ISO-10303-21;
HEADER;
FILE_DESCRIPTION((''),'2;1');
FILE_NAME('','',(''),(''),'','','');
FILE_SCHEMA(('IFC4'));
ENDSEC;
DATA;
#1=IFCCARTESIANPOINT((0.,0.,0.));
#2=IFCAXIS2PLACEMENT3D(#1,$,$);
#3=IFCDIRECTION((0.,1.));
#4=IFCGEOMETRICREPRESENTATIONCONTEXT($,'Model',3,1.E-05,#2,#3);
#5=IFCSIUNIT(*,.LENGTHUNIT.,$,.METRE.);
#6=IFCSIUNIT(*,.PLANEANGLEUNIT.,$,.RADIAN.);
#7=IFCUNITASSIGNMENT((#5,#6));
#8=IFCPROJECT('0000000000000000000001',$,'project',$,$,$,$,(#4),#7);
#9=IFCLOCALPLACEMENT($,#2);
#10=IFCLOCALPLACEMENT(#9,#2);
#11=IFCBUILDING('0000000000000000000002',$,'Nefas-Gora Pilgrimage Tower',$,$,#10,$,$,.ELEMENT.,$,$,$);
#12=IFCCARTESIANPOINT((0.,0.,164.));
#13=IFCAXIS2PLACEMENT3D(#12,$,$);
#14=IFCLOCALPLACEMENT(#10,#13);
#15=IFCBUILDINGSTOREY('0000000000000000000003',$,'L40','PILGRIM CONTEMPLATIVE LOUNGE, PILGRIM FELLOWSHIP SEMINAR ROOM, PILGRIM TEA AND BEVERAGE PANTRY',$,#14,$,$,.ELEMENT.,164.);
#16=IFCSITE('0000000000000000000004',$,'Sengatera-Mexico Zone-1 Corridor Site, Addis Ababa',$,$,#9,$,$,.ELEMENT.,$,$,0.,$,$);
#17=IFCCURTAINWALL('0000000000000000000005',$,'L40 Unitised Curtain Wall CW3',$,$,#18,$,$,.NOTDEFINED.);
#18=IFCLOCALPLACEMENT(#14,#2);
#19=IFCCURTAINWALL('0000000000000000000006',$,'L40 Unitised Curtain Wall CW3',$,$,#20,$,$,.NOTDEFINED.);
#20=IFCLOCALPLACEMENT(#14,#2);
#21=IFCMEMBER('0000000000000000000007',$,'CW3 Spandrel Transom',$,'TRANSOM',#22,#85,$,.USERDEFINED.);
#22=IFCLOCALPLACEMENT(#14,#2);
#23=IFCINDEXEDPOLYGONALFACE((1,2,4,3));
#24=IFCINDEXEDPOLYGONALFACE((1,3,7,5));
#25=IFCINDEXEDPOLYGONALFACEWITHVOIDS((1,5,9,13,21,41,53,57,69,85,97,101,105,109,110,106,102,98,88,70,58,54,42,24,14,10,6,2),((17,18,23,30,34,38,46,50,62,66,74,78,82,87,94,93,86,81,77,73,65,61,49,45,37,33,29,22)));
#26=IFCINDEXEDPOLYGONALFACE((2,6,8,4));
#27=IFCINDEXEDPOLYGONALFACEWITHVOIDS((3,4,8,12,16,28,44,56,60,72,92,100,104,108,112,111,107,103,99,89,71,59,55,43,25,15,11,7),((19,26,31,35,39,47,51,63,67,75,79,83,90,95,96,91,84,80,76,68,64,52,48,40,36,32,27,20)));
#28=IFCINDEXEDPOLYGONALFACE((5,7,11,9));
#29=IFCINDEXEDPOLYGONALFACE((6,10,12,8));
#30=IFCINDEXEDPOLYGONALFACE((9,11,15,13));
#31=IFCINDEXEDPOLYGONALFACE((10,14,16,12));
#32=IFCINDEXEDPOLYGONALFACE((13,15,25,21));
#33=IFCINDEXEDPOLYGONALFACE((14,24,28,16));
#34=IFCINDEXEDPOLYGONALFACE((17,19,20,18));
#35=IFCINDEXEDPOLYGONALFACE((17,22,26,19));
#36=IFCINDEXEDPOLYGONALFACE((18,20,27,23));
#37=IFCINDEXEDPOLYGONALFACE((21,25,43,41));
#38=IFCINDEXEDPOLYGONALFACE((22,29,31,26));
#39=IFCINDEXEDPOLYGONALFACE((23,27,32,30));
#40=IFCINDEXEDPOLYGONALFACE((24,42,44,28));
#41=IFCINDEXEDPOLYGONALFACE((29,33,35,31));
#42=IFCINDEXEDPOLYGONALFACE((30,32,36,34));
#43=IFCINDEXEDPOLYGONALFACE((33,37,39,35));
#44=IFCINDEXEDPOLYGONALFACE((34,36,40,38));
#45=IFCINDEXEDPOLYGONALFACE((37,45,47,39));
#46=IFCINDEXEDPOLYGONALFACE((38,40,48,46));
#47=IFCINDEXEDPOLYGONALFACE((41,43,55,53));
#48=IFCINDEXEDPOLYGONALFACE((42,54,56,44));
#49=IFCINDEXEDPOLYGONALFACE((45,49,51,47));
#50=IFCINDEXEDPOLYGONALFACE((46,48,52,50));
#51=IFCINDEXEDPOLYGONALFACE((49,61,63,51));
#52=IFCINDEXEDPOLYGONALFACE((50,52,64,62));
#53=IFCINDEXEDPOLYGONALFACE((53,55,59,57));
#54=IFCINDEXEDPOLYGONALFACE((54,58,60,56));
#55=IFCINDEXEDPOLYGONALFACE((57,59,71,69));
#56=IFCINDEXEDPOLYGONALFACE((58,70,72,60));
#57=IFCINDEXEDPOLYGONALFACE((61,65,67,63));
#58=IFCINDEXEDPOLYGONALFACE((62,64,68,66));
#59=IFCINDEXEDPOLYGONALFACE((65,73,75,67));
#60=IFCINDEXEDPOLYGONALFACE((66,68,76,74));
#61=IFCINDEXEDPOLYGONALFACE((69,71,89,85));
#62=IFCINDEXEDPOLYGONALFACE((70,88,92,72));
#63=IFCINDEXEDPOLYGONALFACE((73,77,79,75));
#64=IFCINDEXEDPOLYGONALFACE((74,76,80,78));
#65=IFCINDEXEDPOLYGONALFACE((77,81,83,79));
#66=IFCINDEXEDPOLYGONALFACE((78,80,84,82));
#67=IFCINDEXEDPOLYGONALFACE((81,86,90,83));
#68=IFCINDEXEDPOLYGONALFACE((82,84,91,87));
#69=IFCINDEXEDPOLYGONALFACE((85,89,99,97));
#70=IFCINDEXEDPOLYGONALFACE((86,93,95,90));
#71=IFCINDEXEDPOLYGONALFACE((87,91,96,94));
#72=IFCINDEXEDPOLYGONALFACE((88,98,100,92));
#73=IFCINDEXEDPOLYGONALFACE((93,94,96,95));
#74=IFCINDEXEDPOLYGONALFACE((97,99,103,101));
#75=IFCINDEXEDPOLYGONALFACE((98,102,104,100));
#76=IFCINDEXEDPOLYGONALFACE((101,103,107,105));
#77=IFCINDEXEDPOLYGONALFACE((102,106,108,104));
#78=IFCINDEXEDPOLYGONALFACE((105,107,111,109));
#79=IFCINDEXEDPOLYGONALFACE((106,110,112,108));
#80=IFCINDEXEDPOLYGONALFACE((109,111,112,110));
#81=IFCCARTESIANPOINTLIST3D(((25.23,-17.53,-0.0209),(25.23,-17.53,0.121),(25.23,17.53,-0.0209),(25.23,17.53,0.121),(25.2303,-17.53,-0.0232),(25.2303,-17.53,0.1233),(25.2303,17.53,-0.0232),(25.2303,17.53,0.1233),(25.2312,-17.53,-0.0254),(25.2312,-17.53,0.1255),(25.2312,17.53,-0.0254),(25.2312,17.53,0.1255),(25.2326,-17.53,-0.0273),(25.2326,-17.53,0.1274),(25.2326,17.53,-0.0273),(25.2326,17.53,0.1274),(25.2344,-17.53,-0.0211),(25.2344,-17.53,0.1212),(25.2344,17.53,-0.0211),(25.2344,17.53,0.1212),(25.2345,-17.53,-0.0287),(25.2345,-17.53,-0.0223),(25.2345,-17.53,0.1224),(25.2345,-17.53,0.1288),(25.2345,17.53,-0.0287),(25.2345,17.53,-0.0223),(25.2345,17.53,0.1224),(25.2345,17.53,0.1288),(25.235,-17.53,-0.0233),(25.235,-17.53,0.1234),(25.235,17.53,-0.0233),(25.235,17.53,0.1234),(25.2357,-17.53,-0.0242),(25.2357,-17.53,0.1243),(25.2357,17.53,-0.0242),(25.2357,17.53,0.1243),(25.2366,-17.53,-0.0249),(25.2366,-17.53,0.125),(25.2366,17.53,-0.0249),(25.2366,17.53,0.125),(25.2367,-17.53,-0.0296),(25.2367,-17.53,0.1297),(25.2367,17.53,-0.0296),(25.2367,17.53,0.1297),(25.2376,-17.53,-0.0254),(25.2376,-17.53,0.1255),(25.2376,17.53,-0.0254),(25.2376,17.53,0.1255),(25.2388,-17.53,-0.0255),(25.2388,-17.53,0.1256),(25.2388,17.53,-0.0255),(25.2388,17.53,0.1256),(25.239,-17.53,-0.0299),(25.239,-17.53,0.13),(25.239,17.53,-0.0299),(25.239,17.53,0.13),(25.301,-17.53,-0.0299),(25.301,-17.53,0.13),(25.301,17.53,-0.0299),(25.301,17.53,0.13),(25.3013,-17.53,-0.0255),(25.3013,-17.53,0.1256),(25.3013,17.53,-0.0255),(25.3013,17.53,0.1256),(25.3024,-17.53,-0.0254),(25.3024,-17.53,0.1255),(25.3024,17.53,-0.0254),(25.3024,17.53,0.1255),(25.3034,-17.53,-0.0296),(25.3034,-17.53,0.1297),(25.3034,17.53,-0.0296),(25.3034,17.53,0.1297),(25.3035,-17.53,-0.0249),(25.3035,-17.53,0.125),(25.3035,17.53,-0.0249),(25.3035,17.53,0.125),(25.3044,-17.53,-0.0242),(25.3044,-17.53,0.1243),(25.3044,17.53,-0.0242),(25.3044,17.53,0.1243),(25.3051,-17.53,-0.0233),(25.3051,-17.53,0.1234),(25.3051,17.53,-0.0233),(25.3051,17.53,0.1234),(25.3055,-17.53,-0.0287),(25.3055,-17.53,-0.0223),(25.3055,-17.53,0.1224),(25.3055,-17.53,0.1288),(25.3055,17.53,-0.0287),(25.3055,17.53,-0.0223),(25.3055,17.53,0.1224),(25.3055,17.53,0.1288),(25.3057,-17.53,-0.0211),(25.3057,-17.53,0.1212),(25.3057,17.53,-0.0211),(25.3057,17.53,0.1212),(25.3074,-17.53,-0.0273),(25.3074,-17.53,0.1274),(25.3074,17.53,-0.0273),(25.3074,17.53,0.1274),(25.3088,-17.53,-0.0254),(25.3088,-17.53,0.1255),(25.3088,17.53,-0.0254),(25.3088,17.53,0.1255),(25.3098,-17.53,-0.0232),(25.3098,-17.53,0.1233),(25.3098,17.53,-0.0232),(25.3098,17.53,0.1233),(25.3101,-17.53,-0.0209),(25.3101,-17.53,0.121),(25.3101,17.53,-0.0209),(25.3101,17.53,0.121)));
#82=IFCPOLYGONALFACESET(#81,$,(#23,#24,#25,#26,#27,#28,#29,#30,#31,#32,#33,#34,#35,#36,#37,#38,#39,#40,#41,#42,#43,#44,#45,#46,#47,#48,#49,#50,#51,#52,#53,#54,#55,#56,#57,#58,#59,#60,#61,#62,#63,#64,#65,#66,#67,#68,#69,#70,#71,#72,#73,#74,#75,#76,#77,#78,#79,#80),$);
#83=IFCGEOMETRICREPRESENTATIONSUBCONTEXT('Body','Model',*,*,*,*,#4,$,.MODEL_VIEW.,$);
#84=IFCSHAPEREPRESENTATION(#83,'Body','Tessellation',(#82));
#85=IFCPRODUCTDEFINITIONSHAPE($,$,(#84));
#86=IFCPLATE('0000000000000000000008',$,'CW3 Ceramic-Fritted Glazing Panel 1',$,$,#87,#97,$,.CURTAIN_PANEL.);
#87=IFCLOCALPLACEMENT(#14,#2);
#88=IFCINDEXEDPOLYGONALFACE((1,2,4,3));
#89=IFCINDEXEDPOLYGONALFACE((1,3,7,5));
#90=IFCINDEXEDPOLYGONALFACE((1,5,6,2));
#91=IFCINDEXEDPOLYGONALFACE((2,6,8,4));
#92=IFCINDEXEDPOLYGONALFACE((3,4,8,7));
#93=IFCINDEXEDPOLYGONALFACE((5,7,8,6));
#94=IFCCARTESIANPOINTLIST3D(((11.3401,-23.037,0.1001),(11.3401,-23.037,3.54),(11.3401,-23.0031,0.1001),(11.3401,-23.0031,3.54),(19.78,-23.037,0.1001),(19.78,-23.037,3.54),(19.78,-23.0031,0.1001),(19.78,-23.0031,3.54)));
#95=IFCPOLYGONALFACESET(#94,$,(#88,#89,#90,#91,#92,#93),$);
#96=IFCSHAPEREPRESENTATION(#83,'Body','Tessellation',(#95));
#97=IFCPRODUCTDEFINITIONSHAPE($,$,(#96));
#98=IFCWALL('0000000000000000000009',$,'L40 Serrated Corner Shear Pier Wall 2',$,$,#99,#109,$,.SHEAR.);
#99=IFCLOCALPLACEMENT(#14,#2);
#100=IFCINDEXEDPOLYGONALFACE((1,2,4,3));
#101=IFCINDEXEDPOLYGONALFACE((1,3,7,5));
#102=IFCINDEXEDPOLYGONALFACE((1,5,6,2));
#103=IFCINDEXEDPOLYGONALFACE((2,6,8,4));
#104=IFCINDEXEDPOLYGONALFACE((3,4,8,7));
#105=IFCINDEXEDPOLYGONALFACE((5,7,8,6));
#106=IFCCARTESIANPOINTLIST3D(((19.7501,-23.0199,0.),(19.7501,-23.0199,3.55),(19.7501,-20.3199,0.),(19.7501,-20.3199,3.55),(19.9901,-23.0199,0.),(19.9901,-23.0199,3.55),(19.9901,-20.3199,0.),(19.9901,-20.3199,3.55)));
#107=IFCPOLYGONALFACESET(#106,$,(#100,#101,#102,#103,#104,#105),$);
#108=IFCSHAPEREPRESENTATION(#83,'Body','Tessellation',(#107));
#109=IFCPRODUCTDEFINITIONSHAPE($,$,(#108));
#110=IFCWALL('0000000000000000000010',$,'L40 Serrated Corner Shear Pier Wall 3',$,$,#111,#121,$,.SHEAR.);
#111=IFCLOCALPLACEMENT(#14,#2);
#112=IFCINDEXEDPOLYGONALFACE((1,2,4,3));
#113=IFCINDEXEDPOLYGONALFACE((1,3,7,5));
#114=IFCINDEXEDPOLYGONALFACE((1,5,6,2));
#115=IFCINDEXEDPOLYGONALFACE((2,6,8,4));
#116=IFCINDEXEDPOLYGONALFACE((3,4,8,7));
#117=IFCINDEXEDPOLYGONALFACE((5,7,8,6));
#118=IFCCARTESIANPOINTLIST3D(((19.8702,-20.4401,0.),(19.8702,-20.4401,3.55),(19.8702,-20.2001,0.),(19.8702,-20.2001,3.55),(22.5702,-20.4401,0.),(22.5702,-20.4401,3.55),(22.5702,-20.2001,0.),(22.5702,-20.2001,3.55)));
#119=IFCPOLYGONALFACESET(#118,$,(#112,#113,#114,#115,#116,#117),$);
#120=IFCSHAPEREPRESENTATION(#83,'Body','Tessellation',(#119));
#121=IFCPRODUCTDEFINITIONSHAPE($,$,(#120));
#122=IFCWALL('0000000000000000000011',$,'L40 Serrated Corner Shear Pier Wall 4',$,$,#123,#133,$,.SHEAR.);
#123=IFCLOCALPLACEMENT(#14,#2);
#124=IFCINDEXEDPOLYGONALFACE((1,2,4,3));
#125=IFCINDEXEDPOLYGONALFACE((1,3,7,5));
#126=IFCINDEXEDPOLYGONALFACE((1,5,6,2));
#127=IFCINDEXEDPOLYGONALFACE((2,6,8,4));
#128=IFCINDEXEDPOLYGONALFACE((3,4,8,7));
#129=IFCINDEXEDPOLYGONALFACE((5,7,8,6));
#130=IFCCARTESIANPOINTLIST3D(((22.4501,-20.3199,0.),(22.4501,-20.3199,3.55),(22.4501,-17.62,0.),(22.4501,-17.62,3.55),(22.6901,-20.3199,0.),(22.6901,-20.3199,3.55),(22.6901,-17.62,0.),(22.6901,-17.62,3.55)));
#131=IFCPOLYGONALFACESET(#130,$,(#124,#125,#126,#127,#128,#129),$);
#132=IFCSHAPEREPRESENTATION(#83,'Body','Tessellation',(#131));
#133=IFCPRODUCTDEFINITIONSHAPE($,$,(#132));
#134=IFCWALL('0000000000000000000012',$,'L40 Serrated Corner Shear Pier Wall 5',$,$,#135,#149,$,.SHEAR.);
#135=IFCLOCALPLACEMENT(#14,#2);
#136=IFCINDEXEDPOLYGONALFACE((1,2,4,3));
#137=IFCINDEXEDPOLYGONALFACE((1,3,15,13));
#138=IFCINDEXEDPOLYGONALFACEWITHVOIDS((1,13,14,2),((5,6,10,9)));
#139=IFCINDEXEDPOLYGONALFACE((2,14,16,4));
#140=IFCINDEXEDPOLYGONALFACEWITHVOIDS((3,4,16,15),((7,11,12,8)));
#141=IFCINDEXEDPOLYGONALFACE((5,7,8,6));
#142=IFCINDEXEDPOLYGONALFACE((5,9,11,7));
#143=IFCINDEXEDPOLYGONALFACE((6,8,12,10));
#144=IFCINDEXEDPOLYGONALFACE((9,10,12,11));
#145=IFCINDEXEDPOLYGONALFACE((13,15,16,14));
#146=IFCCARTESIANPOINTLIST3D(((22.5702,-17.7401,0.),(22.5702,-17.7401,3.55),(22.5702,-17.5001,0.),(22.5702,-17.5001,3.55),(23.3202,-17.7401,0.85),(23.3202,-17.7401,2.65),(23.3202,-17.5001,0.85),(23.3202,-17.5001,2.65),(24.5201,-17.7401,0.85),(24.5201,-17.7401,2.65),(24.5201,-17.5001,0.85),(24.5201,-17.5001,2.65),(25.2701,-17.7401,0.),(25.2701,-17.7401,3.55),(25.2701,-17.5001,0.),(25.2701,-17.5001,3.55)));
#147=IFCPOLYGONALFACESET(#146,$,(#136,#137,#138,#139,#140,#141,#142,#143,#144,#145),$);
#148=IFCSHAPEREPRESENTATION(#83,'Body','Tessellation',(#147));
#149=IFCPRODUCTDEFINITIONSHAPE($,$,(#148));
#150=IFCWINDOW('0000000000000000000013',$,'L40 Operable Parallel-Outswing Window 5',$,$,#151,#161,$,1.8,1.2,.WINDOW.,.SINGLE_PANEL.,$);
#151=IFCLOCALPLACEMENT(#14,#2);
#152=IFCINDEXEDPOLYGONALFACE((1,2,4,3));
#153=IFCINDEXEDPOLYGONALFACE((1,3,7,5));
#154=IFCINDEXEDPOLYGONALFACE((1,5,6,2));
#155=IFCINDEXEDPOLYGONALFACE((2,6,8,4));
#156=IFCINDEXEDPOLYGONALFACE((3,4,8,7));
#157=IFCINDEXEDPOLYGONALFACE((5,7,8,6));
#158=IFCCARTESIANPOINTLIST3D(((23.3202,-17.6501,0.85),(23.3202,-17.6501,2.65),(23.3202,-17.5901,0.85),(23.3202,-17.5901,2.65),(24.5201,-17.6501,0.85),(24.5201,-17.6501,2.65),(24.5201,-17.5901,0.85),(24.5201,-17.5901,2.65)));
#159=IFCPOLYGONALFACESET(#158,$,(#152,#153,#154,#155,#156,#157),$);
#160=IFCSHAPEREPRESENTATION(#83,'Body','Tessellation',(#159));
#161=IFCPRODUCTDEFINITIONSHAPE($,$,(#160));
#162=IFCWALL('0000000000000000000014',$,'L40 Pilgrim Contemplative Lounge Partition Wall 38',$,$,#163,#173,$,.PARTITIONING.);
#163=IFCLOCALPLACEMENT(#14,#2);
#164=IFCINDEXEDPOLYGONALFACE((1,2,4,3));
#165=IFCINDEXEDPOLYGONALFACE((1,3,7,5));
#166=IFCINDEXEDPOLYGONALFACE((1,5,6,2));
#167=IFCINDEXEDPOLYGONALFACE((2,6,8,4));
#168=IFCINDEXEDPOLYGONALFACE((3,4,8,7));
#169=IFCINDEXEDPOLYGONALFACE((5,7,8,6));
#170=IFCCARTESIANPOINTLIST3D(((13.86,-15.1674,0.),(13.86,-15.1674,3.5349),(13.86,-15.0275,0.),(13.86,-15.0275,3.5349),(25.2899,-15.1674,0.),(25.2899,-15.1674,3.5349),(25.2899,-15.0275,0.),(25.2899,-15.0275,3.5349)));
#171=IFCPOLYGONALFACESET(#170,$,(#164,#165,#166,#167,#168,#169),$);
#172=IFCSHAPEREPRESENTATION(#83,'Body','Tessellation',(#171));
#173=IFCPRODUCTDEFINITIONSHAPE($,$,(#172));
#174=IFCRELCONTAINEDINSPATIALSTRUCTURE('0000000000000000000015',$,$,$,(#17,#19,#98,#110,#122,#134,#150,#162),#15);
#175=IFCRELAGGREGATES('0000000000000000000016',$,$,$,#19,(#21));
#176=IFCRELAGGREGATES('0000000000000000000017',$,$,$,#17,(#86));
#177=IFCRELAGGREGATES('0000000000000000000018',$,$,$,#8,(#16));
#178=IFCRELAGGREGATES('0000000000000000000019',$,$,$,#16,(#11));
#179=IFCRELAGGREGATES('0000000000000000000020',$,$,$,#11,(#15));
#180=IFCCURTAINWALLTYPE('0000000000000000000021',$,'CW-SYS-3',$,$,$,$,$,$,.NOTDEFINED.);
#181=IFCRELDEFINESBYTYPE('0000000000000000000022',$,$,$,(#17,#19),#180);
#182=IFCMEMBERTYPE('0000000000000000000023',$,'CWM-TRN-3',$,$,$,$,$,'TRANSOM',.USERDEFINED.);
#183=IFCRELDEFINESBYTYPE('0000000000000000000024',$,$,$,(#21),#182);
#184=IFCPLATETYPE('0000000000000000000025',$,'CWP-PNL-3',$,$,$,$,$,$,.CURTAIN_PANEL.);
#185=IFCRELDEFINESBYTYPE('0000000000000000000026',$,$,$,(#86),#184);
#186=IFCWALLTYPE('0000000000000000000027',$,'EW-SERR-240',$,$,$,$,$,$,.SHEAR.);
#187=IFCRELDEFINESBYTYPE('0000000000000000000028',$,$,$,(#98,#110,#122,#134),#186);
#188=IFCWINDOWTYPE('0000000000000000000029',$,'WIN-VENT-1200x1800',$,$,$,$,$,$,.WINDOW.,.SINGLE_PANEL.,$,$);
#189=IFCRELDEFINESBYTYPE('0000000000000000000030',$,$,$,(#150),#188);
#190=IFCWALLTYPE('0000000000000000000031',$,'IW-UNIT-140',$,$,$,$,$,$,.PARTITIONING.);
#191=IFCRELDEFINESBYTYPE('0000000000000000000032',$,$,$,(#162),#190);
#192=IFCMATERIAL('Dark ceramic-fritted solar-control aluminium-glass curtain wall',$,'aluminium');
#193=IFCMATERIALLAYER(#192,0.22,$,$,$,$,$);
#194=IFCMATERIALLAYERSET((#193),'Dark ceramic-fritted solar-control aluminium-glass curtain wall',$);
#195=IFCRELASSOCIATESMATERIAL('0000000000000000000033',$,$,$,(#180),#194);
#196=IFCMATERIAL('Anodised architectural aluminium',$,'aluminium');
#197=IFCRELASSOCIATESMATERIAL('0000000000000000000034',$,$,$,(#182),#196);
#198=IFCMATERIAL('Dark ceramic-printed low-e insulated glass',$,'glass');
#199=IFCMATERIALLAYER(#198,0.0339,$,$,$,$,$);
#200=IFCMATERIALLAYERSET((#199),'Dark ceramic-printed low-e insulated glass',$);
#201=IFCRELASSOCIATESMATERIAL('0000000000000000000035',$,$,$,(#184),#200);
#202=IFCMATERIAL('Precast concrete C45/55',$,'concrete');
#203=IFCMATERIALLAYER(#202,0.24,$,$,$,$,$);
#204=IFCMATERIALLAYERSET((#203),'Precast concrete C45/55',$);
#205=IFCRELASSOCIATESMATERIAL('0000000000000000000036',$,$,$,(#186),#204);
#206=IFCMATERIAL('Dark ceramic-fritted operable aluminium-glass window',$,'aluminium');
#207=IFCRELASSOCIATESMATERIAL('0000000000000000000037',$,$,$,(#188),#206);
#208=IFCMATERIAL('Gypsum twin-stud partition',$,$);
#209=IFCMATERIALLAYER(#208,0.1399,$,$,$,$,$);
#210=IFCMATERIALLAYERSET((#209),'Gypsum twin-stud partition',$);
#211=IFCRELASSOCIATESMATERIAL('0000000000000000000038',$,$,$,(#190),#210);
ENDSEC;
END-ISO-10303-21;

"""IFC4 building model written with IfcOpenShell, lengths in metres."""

from ifc_helpers import new_model, si_unit, direction, frame, frame_2d, origin, origin_2d, place, context, subcontext, project, spatial, rectangle, hollow_rectangle, extrude, source, transform, mapped, material, layer, layer_set, material_profile, profile_set, type_object, element, fill, aggregate, save


model = new_model("IFC4")

# Units and contexts
model_context = context("Model", 3, precision=1e-05, world=origin(), true_north=direction((0.0, 1.0)))
body_context = subcontext(model_context, "Body", "Model", "MODEL_VIEW")
ifc_project = project(units=[si_unit("LENGTHUNIT", "METRE"), si_unit("PLANEANGLEUNIT", "RADIAN")], contexts=[model_context])

# Site, building, storey
site_placement = place(None, origin())
site = spatial("IfcSite", under=ifc_project, at=site_placement, Name="Sengatera-Mexico Zone-1 Corridor Site, Addis Ababa", CompositionType="ELEMENT", RefElevation=0.0)
building_placement = place(site_placement, origin())
building = spatial("IfcBuilding", under=site, at=building_placement, Name="Nefas-Gora Pilgrimage Tower", CompositionType="ELEMENT")
storey_placement = place(building_placement, frame((0.0, 0.0, 164.0)))
storey = spatial("IfcBuildingStorey", under=building, at=storey_placement, Name="L40", Description="PILGRIM CONTEMPLATIVE LOUNGE, PILGRIM FELLOWSHIP SEMINAR ROOM, PILGRIM TEA AND BEVERAGE PANTRY", CompositionType="ELEMENT", Elevation=164.0)

# Curtain wall
ifc_material_1 = material(Name="Dark ceramic-fritted solar-control aluminium-glass curtain wall", Category="aluminium")
ifc_layer_1 = layer(ifc_material_1, 0.22)
ifc_layer_set_1 = layer_set([ifc_layer_1], Name="Dark ceramic-fritted solar-control aluminium-glass curtain wall")
curtain_wall_type = type_object("IfcCurtainWallType", Name="CW-SYS-3", PredefinedType="NOTDEFINED", material=ifc_layer_set_1)
curtain_wall_1_placement = place(storey_placement, origin())
curtain_wall_1 = element("IfcCurtainWall", 1, at=curtain_wall_1_placement, inside=storey, type_object=curtain_wall_type, Name="L40 Unitised Curtain Wall CW3", PredefinedType="NOTDEFINED")
ifc_material_2 = material(Name="Anodised architectural aluminium", Category="aluminium")

# Curtain wall
curtain_wall_2_placement = place(storey_placement, origin())
curtain_wall_2 = element("IfcCurtainWall", 2, at=curtain_wall_2_placement, inside=storey, type_object=curtain_wall_type, Name="L40 Unitised Curtain Wall CW3", PredefinedType="NOTDEFINED")

# Member
ifc_material_profile_1 = material_profile(ifc_material_2, hollow_rectangle(XDim=0.0801, YDim=0.1599, WallThickness=0.0044, InnerFilletRadius=0.0044, OuterFilletRadius=0.009, at=origin_2d()), Name="ALU TRANSOM 80x160")
ifc_profile_set_1 = profile_set([ifc_material_profile_1], Name="Anodised architectural aluminium")
member_type_1 = type_object("IfcMemberType", Name="CWM-TRN-3", ElementType="TRANSOM", PredefinedType="USERDEFINED", material=ifc_profile_set_1)
shared_shape_1 = source(origin(), body_context, "Body", "SweptSolid", [
    extrude(hollow_rectangle(XDim=0.0801, YDim=0.1599, WallThickness=0.0044, InnerFilletRadius=0.0044, OuterFilletRadius=0.009, at=origin_2d()), origin(), (0.0, 0.0, 1.0), 35.0601),
])
member_1_placement = place(storey_placement, frame((25.27, -17.53, 0.05), z_axis=(0.0, 1.0, 0.0), x_axis=(-1.0, 0.0, 0.0)))
member_1 = element("IfcMember", 3, at=member_1_placement, type_object=member_type_1, Name="CW3 Spandrel Transom", ObjectType="TRANSOM", PredefinedType="USERDEFINED", context=body_context, shape_type="MappedRepresentation", body=[
    mapped(shared_shape_1, transform((0.0, 0.0, 0.0), x_axis=(1.0, 0.0, 0.0), y_axis=(0.0, 1.0, 0.0), z_axis=(0.0, 0.0, 1.0), scale=1.0)),
])
aggregate(curtain_wall_2, [member_1])

# Plate
ifc_material_3 = material(Name="Dark ceramic-printed low-e insulated glass", Category="glass")
ifc_layer_2 = layer(ifc_material_3, 0.0339)
ifc_layer_set_2 = layer_set([ifc_layer_2], Name="Dark ceramic-printed low-e insulated glass")
plate_type = type_object("IfcPlateType", Name="CWP-PNL-3", PredefinedType="CURTAIN_PANEL", material=ifc_layer_set_2)
shared_shape_2 = source(origin(), body_context, "Body", "SweptSolid", [
    extrude(rectangle(XDim=8.4399, YDim=0.0339, at=origin_2d()), origin(), (0.0, 0.0, 1.0), 3.4399),
])
plate_placement = place(storey_placement, frame((15.5601, -23.02, 0.1001), z_axis=(0.0, 0.0, 1.0), x_axis=(1.0, 0.0, 0.0)))
plate = element("IfcPlate", 4, at=plate_placement, type_object=plate_type, Name="CW3 Ceramic-Fritted Glazing Panel 1", PredefinedType="CURTAIN_PANEL", context=body_context, shape_type="MappedRepresentation", body=[
    mapped(shared_shape_2, transform((0.0, 0.0, 0.0), x_axis=(1.0, 0.0, 0.0), y_axis=(0.0, 1.0, 0.0), z_axis=(0.0, 0.0, 1.0), scale=1.0)),
])
aggregate(curtain_wall_1, [plate])

# Walls
ifc_material_4 = material(Name="Precast concrete C45/55", Category="concrete")
ifc_layer_3 = layer(ifc_material_4, 0.24)
ifc_layer_set_3 = layer_set([ifc_layer_3], Name="Precast concrete C45/55")
wall_type_1 = type_object("IfcWallType", Name="EW-SERR-240", PredefinedType="SHEAR", material=ifc_layer_set_3)
shared_shape_3 = source(origin(), body_context, "Body", "SweptSolid", [
    extrude(rectangle(XDim=2.7, YDim=0.24, at=frame_2d((1.3501, 0.0))), origin(), (0.0, 0.0, 1.0), 3.55),
])
for number, where, z_axis, x_axis, name in (
    (5, (19.8701, -23.02, 0.0), (0.0, 0.0, 1.0), (0.0, 1.0, 0.0), "L40 Serrated Corner Shear Pier Wall 2"),
    (6, (19.8701, -20.3201, 0.0), (0.0, 0.0, 1.0), (1.0, 0.0, 0.0), "L40 Serrated Corner Shear Pier Wall 3"),
    (7, (22.5701, -20.3201, 0.0), (0.0, 0.0, 1.0), (0.0, 1.0, 0.0), "L40 Serrated Corner Shear Pier Wall 4"),
):
    element("IfcWall", number, at=place(storey_placement, frame(where, z_axis=z_axis, x_axis=x_axis)), inside=storey, type_object=wall_type_1, Name=name, PredefinedType="SHEAR", context=body_context, shape_type="MappedRepresentation", body=[
        mapped(shared_shape_3, transform((0.0, 0.0, 0.0), x_axis=(1.0, 0.0, 0.0), y_axis=(0.0, 1.0, 0.0), z_axis=(0.0, 0.0, 1.0), scale=1.0)),
    ])

# Wall, opening, window
wall_1_placement = place(storey_placement, frame((22.5701, -17.6201, 0.0), z_axis=(0.0, 0.0, 1.0), x_axis=(1.0, 0.0, 0.0)))
wall_1 = element("IfcWall", 8, at=wall_1_placement, inside=storey, type_object=wall_type_1, Name="L40 Serrated Corner Shear Pier Wall 5", PredefinedType="SHEAR", context=body_context, shape_type="MappedRepresentation", body=[
    mapped(shared_shape_3, transform((0.0, 0.0, 0.0), x_axis=(1.0, 0.0, 0.0), y_axis=(0.0, 1.0, 0.0), z_axis=(0.0, 0.0, 1.0), scale=1.0)),
])
opening_1_placement = place(wall_1_placement, frame((0.75, 0.0, 0.8501)))
opening_1 = element("IfcOpeningElement", 9, at=opening_1_placement, cuts=wall_1, PredefinedType="OPENING", context=body_context, shape_type="SweptSolid", body=[
    extrude(rectangle(XDim=1.2, YDim=1.8, at=frame_2d((0.6001, 0.8999))), frame((0.0, 0.1299, 0.0), z_axis=(0.0, -1.0, 0.0), x_axis=(1.0, 0.0, 0.0)), (0.0, 0.0, 1.0), 0.26),
])
ifc_material_5 = material(Name="Dark ceramic-fritted operable aluminium-glass window", Category="aluminium")
window_type = type_object("IfcWindowType", Name="WIN-VENT-1200x1800", PartitioningType="SINGLE_PANEL", PredefinedType="WINDOW", material=ifc_material_5)
shared_shape_4 = source(origin(), body_context, "Body", "SweptSolid", [
    extrude(rectangle(XDim=1.2, YDim=1.8, at=frame_2d((0.6001, 0.8999))), frame((0.0, 0.03, 0.0), z_axis=(0.0, -1.0, 0.0), x_axis=(1.0, 0.0, 0.0)), (0.0, 0.0, 1.0), 0.0601),
])
window_placement = place(opening_1_placement, origin())
window = element("IfcWindow", 10, at=window_placement, inside=storey, type_object=window_type, Name="L40 Operable Parallel-Outswing Window 5", OverallHeight=1.8, OverallWidth=1.2, PartitioningType="SINGLE_PANEL", PredefinedType="WINDOW", context=body_context, shape_type="MappedRepresentation", body=[
    mapped(shared_shape_4, transform((0.0, 0.0, 0.0), x_axis=(1.0, 0.0, 0.0), y_axis=(0.0, 1.0, 0.0), z_axis=(0.0, 0.0, 1.0), scale=1.0)),
])
fill(opening_1, window)

# Wall
ifc_material_6 = material(Name="Gypsum twin-stud partition")
ifc_layer_4 = layer(ifc_material_6, 0.1399)
ifc_layer_set_4 = layer_set([ifc_layer_4], Name="Gypsum twin-stud partition")
wall_type_2 = type_object("IfcWallType", Name="IW-UNIT-140", PredefinedType="PARTITIONING", material=ifc_layer_set_4)
shared_shape_5 = source(origin(), body_context, "Body", "SweptSolid", [
    extrude(rectangle(XDim=11.4299, YDim=0.1399, at=frame_2d((5.7148, 0.0))), origin(), (0.0, 0.0, 1.0), 3.5349),
])
wall_2_placement = place(storey_placement, frame((13.8601, -15.0974, 0.0), z_axis=(0.0, 0.0, 1.0), x_axis=(1.0, 0.0, 0.0)))
element("IfcWall", 11, at=wall_2_placement, inside=storey, type_object=wall_type_2, Name="L40 Pilgrim Contemplative Lounge Partition Wall 38", PredefinedType="PARTITIONING", context=body_context, shape_type="MappedRepresentation", body=[
    mapped(shared_shape_5, transform((0.0, 0.0, 0.0), x_axis=(1.0, 0.0, 0.0), y_axis=(0.0, 1.0, 0.0), z_axis=(0.0, 0.0, 1.0), scale=1.0)),
])

save(model, "model.ifc")
